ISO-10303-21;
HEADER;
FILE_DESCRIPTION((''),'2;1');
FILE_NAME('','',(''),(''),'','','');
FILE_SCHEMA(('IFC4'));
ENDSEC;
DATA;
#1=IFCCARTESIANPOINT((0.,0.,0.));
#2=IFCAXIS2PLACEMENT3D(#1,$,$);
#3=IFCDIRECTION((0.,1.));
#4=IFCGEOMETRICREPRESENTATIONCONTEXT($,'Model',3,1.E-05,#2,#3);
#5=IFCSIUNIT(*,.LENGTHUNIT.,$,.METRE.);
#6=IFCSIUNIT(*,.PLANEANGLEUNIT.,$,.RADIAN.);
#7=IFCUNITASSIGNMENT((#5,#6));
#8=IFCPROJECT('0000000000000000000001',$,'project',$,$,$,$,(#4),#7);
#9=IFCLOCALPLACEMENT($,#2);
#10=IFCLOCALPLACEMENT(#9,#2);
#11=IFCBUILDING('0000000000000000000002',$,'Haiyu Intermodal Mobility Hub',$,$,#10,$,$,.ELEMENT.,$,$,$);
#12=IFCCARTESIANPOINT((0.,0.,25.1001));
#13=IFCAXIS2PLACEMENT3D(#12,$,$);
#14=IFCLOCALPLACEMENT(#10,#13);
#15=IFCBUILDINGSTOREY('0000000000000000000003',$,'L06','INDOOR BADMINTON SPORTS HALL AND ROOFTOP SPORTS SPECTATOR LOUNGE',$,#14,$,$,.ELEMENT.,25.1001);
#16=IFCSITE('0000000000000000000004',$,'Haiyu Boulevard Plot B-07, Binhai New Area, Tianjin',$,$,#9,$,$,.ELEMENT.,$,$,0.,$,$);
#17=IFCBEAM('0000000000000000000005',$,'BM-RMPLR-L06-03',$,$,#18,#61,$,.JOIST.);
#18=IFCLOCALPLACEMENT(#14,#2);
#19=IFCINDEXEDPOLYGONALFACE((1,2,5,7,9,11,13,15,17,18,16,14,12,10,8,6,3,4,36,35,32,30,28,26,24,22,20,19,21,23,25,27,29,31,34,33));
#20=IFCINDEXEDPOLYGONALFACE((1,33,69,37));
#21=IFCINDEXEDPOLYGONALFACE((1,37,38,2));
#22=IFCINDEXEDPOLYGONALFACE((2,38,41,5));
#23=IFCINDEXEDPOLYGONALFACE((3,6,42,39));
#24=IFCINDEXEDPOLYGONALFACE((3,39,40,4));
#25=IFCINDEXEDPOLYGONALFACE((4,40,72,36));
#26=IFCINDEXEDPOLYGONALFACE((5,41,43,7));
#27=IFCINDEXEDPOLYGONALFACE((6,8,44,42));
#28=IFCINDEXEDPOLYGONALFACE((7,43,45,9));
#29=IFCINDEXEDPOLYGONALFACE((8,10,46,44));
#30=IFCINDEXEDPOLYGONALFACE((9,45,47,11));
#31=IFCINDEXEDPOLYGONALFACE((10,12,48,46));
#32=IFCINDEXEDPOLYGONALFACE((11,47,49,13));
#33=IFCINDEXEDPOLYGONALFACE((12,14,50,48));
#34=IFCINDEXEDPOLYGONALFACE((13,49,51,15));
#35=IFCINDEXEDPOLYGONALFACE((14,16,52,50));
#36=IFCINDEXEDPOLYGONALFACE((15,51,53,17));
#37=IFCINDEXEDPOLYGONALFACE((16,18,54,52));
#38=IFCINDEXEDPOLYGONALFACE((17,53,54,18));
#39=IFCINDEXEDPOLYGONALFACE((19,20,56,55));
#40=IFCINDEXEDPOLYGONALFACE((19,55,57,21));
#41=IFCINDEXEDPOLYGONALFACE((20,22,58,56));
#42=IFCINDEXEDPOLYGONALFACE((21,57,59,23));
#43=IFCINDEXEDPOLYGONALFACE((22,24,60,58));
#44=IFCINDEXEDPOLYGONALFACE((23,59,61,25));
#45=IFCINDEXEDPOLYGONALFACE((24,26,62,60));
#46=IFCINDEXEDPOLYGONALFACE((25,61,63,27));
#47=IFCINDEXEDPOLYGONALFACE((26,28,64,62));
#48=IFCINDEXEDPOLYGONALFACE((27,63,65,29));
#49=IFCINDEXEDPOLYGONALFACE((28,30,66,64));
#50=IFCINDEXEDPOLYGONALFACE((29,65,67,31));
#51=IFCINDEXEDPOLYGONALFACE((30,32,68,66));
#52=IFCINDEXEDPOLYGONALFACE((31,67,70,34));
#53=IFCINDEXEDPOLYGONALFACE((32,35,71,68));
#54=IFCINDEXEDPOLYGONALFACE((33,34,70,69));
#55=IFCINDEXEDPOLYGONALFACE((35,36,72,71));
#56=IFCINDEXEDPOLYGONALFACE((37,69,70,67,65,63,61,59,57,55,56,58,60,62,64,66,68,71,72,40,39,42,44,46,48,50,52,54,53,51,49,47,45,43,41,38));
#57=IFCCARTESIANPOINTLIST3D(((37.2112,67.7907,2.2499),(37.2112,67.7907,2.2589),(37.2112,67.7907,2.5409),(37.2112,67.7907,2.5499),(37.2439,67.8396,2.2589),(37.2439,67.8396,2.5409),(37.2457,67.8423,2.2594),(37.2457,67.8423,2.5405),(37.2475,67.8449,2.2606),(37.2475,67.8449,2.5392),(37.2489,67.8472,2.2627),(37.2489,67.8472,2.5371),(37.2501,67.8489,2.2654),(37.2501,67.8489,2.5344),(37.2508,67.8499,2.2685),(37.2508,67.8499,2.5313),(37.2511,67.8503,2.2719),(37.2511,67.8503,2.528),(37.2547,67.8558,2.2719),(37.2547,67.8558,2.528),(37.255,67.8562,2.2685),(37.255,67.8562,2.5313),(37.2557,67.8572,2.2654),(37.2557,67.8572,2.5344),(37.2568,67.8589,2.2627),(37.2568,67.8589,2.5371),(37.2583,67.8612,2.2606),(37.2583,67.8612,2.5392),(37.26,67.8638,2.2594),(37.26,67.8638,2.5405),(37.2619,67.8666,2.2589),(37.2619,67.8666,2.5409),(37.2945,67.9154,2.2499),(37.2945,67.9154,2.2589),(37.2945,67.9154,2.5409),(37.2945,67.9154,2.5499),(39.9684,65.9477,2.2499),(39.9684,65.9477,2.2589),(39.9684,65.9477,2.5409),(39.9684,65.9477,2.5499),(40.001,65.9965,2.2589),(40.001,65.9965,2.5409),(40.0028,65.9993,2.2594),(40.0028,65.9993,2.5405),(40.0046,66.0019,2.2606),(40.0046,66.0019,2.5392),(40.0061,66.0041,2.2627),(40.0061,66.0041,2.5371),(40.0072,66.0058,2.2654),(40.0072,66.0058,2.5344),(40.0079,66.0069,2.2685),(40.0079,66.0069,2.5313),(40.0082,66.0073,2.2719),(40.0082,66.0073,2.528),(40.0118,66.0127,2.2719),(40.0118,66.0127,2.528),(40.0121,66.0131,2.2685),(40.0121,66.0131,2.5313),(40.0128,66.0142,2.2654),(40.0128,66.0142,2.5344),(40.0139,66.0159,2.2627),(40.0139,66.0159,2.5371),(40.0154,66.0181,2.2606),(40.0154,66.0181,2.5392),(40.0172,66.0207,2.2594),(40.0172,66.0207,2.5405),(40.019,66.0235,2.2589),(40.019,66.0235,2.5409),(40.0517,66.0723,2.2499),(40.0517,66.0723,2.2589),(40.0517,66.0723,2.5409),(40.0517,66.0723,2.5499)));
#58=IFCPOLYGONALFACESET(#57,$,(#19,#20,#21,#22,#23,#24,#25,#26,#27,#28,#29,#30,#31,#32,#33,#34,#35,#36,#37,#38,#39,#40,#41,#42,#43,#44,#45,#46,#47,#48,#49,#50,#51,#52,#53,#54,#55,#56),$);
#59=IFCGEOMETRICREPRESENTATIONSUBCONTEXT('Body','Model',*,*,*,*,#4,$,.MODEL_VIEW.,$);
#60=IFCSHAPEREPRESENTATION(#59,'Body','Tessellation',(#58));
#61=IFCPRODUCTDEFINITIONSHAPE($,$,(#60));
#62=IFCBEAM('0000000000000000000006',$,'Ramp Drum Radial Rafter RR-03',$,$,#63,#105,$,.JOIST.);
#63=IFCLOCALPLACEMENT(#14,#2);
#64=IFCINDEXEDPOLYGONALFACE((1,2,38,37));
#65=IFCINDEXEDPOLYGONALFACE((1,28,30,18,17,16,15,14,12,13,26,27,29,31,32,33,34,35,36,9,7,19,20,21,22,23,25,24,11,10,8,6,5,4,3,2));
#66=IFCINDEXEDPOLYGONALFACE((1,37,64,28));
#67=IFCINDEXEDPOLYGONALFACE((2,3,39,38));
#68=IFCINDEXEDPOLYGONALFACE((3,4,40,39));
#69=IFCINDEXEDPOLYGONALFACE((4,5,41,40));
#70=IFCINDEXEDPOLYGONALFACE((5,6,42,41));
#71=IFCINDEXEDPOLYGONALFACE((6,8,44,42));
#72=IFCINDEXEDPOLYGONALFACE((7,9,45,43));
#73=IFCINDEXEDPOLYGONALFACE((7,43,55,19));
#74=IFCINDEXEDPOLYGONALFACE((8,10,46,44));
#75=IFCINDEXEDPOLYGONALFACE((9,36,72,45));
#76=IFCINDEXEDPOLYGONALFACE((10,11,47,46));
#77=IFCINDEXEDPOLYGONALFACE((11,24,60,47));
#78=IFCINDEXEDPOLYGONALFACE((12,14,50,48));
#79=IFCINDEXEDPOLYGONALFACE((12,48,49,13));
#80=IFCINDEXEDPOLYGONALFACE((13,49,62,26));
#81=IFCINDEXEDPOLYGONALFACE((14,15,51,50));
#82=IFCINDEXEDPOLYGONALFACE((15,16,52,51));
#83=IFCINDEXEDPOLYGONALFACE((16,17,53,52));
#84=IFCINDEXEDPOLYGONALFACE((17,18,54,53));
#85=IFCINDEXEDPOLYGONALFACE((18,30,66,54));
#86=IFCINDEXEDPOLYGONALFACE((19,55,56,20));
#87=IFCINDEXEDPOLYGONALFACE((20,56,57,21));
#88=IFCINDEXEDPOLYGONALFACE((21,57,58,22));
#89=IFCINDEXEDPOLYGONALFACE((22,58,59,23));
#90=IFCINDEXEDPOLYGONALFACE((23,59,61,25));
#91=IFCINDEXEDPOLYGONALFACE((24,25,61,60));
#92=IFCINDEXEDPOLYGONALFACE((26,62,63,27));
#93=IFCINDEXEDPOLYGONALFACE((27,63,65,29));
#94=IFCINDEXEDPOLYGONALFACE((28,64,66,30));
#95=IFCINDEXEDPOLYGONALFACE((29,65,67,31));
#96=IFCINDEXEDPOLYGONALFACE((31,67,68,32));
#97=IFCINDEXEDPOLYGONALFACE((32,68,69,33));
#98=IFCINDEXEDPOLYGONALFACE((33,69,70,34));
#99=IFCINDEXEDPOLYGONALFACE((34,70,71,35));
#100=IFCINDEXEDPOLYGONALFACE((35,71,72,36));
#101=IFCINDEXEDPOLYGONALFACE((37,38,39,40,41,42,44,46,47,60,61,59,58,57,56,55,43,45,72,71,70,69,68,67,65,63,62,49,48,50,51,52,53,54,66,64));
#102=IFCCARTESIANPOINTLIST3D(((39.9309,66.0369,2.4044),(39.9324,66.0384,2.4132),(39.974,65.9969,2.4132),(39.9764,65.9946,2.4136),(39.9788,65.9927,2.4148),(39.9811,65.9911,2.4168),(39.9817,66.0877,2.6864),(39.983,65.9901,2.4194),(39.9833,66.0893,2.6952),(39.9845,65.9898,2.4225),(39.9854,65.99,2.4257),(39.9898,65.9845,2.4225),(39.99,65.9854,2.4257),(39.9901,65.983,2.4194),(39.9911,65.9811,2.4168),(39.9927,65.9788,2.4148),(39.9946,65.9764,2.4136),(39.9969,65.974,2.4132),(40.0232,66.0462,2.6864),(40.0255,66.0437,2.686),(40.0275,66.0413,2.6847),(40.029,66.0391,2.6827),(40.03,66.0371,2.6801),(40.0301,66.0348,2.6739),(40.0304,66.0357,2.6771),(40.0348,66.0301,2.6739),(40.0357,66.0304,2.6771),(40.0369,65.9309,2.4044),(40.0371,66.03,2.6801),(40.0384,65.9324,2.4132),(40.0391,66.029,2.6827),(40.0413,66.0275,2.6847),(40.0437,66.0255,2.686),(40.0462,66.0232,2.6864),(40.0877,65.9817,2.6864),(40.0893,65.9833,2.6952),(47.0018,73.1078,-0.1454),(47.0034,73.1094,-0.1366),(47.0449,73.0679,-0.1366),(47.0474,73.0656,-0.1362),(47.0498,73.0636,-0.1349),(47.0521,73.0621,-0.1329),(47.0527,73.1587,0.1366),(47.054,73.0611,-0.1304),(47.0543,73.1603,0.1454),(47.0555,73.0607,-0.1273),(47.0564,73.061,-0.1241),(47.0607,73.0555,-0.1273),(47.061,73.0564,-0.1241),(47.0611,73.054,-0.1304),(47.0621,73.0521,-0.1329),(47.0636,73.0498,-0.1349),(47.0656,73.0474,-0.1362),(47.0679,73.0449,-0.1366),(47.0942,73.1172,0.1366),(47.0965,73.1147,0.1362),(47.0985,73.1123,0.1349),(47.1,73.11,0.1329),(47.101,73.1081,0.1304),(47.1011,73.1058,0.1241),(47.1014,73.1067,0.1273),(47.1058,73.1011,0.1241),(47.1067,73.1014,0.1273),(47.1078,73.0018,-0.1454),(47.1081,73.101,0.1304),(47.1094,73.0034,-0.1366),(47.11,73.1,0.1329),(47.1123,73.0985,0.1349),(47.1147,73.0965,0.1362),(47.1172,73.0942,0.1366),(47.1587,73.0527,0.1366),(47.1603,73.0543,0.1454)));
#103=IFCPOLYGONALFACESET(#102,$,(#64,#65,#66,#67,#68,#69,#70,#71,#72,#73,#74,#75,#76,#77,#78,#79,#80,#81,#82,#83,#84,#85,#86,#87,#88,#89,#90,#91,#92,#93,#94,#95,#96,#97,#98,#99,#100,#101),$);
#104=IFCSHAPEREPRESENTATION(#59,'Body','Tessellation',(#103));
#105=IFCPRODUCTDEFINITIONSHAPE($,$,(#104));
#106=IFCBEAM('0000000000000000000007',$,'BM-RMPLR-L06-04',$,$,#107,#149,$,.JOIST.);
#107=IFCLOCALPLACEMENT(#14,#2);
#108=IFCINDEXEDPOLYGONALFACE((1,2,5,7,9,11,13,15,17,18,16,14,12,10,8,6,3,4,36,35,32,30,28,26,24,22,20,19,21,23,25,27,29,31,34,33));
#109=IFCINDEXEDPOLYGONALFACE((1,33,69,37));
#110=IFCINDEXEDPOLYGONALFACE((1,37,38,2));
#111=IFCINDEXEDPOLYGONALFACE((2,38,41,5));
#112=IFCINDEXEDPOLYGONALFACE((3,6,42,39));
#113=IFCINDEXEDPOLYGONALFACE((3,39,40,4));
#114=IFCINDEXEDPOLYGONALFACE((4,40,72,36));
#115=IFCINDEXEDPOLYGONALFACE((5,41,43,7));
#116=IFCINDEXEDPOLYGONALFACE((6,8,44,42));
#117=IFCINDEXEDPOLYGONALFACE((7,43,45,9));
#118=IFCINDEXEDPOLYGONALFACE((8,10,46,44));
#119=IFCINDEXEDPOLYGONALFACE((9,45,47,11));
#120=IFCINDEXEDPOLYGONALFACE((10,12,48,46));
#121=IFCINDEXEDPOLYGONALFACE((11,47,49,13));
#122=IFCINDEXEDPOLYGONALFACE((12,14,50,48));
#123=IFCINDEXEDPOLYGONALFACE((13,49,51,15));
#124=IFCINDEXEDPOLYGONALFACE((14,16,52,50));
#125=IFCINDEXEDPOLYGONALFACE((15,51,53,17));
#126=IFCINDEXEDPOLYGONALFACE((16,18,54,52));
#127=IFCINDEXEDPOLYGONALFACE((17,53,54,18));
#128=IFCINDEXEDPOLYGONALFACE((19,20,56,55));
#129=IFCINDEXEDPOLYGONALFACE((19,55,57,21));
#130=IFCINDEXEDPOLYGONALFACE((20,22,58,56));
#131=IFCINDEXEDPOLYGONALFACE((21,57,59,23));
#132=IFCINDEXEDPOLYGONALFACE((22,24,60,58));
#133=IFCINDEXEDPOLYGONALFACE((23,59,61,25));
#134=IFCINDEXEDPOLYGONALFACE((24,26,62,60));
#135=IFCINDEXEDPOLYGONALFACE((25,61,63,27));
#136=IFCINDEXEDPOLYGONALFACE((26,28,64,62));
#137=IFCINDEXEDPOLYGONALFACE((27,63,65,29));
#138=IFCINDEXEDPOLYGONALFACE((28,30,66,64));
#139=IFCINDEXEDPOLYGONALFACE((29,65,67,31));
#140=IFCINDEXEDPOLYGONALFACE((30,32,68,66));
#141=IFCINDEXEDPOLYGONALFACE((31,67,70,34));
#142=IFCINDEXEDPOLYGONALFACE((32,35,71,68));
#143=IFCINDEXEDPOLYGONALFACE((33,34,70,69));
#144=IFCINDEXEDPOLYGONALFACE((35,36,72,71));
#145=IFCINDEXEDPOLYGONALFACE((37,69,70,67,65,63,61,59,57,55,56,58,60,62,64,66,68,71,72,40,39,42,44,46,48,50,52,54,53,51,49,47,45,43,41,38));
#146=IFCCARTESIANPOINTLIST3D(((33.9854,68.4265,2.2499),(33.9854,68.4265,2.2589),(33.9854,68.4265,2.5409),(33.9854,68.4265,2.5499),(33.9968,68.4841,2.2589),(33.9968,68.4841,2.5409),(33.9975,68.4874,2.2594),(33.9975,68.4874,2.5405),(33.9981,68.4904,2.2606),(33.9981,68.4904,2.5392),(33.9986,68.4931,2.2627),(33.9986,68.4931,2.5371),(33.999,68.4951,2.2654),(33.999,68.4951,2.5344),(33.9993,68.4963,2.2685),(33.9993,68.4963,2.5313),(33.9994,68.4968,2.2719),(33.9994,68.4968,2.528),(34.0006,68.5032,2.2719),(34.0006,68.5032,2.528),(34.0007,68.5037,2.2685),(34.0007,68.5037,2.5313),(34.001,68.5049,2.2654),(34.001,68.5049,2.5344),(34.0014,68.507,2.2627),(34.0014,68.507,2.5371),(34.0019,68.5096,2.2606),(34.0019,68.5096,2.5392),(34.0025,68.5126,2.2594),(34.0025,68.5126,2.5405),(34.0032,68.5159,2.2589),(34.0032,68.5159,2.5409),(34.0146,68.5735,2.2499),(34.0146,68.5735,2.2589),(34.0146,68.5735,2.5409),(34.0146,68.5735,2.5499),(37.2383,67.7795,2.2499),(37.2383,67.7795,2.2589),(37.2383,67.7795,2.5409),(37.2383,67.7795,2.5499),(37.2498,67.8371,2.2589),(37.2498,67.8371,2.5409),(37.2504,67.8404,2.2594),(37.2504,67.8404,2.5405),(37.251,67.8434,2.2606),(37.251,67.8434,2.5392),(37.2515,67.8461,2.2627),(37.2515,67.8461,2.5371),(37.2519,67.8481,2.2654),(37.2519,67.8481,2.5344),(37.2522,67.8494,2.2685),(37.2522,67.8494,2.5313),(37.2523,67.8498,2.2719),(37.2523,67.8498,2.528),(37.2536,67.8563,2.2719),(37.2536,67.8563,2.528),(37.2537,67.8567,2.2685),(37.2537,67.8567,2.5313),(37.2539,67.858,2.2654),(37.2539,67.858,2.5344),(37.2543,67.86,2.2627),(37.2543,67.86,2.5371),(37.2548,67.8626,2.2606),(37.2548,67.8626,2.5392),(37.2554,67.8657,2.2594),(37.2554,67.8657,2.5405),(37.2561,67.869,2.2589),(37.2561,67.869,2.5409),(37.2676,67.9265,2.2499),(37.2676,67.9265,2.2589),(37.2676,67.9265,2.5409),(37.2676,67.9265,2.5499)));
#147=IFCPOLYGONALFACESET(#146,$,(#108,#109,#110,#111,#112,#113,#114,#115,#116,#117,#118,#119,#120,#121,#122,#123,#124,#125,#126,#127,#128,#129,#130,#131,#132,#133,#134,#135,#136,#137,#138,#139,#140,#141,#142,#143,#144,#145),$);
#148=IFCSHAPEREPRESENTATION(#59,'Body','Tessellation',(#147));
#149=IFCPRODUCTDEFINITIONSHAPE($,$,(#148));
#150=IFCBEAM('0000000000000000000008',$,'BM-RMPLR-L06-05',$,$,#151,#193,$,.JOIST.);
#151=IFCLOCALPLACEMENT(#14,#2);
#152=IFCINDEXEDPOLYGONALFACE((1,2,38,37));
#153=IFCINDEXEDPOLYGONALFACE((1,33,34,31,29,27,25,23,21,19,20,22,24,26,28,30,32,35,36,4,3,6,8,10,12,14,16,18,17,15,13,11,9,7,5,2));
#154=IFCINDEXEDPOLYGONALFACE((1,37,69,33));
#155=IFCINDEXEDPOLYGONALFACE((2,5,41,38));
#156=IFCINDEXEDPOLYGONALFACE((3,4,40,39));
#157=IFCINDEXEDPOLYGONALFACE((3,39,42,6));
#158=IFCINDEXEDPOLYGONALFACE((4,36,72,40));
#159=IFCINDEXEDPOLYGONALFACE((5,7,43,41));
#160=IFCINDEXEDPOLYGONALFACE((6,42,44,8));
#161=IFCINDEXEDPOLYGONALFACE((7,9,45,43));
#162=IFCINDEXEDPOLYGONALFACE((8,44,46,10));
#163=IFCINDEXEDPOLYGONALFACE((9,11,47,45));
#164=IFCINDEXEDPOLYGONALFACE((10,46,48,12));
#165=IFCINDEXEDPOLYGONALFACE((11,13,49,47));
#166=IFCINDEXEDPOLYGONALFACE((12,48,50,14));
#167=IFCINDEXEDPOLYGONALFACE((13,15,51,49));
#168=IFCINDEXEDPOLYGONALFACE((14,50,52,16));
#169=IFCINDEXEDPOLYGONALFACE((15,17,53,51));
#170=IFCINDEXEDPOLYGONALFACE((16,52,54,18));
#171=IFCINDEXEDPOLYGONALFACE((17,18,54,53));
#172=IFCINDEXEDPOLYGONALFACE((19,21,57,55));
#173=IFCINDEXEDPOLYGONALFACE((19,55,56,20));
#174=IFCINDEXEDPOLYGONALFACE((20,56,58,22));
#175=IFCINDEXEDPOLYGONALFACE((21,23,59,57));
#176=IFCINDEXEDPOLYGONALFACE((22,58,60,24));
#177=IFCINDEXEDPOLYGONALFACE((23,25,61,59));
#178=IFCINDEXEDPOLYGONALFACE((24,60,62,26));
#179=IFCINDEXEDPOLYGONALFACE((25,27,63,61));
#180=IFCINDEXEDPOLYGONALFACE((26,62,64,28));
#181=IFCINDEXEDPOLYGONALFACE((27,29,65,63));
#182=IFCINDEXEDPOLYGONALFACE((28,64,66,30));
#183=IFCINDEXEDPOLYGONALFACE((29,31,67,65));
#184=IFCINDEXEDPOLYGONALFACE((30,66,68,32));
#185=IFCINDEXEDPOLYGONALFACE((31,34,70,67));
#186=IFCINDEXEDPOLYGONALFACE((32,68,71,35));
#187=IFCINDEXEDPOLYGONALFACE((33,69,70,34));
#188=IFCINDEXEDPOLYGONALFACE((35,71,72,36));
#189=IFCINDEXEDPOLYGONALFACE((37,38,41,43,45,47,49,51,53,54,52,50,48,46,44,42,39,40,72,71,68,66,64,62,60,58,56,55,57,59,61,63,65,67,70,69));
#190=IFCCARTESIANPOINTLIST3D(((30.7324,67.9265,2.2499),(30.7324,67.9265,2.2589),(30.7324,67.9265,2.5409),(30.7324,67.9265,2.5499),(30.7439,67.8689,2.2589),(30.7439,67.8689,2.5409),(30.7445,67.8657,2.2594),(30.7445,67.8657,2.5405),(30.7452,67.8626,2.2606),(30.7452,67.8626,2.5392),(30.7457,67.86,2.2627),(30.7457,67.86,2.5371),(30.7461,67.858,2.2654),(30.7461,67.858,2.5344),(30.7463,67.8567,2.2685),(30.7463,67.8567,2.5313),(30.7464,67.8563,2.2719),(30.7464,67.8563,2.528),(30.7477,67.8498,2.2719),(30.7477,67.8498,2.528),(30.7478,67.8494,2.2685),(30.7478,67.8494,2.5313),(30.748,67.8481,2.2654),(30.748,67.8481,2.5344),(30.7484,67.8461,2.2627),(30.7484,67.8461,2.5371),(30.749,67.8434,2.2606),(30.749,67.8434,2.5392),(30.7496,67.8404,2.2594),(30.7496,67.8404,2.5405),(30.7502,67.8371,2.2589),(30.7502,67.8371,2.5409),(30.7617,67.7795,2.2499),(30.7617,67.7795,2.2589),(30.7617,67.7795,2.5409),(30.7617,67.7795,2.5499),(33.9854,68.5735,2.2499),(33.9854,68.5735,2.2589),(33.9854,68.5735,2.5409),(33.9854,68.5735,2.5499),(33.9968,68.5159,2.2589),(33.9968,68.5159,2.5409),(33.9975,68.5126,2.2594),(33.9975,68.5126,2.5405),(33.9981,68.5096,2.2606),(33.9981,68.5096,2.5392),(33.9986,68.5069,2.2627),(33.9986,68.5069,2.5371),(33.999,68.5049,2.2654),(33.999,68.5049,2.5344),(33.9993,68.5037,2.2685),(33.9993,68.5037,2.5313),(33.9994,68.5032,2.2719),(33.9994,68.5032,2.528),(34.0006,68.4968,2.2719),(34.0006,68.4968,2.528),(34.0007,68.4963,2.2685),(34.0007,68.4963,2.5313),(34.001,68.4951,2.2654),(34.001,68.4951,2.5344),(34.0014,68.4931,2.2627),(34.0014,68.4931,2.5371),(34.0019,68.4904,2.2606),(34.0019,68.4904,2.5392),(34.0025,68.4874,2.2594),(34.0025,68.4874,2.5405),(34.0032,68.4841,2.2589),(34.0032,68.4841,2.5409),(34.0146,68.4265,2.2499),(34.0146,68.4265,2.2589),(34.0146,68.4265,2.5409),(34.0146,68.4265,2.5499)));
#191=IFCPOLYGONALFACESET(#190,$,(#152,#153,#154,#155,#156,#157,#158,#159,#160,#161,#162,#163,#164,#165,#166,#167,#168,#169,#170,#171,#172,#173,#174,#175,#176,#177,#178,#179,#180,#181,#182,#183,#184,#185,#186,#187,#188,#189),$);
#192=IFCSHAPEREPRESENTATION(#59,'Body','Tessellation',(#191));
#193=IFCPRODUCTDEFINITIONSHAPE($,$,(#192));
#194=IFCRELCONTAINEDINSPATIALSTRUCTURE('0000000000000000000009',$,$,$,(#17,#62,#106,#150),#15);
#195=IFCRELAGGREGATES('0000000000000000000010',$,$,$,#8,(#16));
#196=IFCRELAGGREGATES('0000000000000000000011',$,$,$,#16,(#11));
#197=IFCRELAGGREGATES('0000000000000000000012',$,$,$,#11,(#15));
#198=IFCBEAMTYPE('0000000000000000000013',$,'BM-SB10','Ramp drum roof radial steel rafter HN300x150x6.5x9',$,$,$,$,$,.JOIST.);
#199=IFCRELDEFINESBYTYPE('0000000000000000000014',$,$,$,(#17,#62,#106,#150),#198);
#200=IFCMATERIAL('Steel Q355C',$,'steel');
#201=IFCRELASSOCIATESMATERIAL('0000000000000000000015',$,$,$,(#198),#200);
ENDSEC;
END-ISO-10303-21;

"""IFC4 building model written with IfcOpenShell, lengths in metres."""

from ifc_helpers import new_model, si_unit, direction, frame, origin, origin_2d, place, context, subcontext, project, spatial, i_section, extrude, material, material_profile, profile_set, type_object, element, save


model = new_model("IFC4")

# Units and contexts
model_context = context("Model", 3, precision=1e-05, world=origin(), true_north=direction((0.0, 1.0)))
body_context = subcontext(model_context, "Body", "Model", "MODEL_VIEW")
ifc_project = project(units=[si_unit("LENGTHUNIT", "METRE"), si_unit("PLANEANGLEUNIT", "RADIAN")], contexts=[model_context])

# Site, building, storey
site_placement = place(None, origin())
site = spatial("IfcSite", under=ifc_project, at=site_placement, Name="Haiyu Boulevard Plot B-07, Binhai New Area, Tianjin", CompositionType="ELEMENT", RefElevation=0.0)
building_placement = place(site_placement, origin())
building = spatial("IfcBuilding", under=site, at=building_placement, Name="Haiyu Intermodal Mobility Hub", CompositionType="ELEMENT")
storey_placement = place(building_placement, frame((0.0, 0.0, 25.1001)))
storey = spatial("IfcBuildingStorey", under=building, at=storey_placement, Name="L06", Description="INDOOR BADMINTON SPORTS HALL AND ROOFTOP SPORTS SPECTATOR LOUNGE", CompositionType="ELEMENT", Elevation=25.1001)

# Shared definitions
ifc_material_1 = material(Name="Steel Q355C", Category="steel")

# Beams
ifc_material_profile_1 = material_profile(ifc_material_1, i_section(OverallWidth=0.1499, OverallDepth=0.3, WebThickness=0.0066, FlangeThickness=0.009, FilletRadius=0.0129, at=origin_2d()), Name="HN300x150x6.5x9")
ifc_profile_set_1 = profile_set([ifc_material_profile_1], Name="Steel Q355C")
beam_type_1 = type_object("IfcBeamType", Name="BM-SB10", Description="Ramp drum roof radial steel rafter HN300x150x6.5x9", PredefinedType="JOIST", material=ifc_profile_set_1)
beam_1_placement = place(storey_placement, frame((40.01, 66.01, 2.3999), z_axis=(-0.831359, 0.555736, 0.0), x_axis=(-0.555736, -0.831359, 0.0)))
element("IfcBeam", 1, at=beam_1_placement, inside=storey, type_object=beam_type_1, Name="BM-RMPLR-L06-03", PredefinedType="JOIST", context=body_context, shape_type="SweptSolid", body=[
    extrude(i_section(OverallWidth=0.1499, OverallDepth=0.3, WebThickness=0.0066, FlangeThickness=0.009, FilletRadius=0.0129, at=origin_2d()), origin(), (0.0, 0.0, 1.0), 3.3164),
])
beam_2_placement = place(storey_placement, frame((47.0811, 73.0811, 0.0), z_axis=(-0.685184, -0.685184, 0.247076), x_axis=(0.707107, -0.707107, 0.0)))
element("IfcBeam", 2, at=beam_2_placement, inside=storey, type_object=beam_type_1, Name="Ramp Drum Radial Rafter RR-03", PredefinedType="JOIST", context=body_context, shape_type="SweptSolid", body=[
    extrude(i_section(OverallWidth=0.1499, OverallDepth=0.3, WebThickness=0.0066, FlangeThickness=0.009, FilletRadius=0.0129, at=origin_2d()), origin(), (0.0, 0.0, 1.0), 10.3198),
])
for number, where, z_axis, x_axis, name in (
    (3, (37.2529, 67.853, 2.3999), (-0.98079, 0.195068, 0.0), (-0.195068, -0.98079, 0.0), "BM-RMPLR-L06-04"),
    (4, (34.0, 68.5, 2.3999), (-0.98079, -0.195068, 0.0), (0.195068, -0.98079, 0.0), "BM-RMPLR-L06-05"),
):
    element("IfcBeam", number, at=place(storey_placement, frame(where, z_axis=z_axis, x_axis=x_axis)), inside=storey, type_object=beam_type_1, Name=name, PredefinedType="JOIST", context=body_context, shape_type="SweptSolid", body=[
        extrude(i_section(OverallWidth=0.1499, OverallDepth=0.3, WebThickness=0.0066, FlangeThickness=0.009, FilletRadius=0.0129, at=origin_2d()), origin(), (0.0, 0.0, 1.0), 3.3167),
    ])

save(model, "model.ifc")
